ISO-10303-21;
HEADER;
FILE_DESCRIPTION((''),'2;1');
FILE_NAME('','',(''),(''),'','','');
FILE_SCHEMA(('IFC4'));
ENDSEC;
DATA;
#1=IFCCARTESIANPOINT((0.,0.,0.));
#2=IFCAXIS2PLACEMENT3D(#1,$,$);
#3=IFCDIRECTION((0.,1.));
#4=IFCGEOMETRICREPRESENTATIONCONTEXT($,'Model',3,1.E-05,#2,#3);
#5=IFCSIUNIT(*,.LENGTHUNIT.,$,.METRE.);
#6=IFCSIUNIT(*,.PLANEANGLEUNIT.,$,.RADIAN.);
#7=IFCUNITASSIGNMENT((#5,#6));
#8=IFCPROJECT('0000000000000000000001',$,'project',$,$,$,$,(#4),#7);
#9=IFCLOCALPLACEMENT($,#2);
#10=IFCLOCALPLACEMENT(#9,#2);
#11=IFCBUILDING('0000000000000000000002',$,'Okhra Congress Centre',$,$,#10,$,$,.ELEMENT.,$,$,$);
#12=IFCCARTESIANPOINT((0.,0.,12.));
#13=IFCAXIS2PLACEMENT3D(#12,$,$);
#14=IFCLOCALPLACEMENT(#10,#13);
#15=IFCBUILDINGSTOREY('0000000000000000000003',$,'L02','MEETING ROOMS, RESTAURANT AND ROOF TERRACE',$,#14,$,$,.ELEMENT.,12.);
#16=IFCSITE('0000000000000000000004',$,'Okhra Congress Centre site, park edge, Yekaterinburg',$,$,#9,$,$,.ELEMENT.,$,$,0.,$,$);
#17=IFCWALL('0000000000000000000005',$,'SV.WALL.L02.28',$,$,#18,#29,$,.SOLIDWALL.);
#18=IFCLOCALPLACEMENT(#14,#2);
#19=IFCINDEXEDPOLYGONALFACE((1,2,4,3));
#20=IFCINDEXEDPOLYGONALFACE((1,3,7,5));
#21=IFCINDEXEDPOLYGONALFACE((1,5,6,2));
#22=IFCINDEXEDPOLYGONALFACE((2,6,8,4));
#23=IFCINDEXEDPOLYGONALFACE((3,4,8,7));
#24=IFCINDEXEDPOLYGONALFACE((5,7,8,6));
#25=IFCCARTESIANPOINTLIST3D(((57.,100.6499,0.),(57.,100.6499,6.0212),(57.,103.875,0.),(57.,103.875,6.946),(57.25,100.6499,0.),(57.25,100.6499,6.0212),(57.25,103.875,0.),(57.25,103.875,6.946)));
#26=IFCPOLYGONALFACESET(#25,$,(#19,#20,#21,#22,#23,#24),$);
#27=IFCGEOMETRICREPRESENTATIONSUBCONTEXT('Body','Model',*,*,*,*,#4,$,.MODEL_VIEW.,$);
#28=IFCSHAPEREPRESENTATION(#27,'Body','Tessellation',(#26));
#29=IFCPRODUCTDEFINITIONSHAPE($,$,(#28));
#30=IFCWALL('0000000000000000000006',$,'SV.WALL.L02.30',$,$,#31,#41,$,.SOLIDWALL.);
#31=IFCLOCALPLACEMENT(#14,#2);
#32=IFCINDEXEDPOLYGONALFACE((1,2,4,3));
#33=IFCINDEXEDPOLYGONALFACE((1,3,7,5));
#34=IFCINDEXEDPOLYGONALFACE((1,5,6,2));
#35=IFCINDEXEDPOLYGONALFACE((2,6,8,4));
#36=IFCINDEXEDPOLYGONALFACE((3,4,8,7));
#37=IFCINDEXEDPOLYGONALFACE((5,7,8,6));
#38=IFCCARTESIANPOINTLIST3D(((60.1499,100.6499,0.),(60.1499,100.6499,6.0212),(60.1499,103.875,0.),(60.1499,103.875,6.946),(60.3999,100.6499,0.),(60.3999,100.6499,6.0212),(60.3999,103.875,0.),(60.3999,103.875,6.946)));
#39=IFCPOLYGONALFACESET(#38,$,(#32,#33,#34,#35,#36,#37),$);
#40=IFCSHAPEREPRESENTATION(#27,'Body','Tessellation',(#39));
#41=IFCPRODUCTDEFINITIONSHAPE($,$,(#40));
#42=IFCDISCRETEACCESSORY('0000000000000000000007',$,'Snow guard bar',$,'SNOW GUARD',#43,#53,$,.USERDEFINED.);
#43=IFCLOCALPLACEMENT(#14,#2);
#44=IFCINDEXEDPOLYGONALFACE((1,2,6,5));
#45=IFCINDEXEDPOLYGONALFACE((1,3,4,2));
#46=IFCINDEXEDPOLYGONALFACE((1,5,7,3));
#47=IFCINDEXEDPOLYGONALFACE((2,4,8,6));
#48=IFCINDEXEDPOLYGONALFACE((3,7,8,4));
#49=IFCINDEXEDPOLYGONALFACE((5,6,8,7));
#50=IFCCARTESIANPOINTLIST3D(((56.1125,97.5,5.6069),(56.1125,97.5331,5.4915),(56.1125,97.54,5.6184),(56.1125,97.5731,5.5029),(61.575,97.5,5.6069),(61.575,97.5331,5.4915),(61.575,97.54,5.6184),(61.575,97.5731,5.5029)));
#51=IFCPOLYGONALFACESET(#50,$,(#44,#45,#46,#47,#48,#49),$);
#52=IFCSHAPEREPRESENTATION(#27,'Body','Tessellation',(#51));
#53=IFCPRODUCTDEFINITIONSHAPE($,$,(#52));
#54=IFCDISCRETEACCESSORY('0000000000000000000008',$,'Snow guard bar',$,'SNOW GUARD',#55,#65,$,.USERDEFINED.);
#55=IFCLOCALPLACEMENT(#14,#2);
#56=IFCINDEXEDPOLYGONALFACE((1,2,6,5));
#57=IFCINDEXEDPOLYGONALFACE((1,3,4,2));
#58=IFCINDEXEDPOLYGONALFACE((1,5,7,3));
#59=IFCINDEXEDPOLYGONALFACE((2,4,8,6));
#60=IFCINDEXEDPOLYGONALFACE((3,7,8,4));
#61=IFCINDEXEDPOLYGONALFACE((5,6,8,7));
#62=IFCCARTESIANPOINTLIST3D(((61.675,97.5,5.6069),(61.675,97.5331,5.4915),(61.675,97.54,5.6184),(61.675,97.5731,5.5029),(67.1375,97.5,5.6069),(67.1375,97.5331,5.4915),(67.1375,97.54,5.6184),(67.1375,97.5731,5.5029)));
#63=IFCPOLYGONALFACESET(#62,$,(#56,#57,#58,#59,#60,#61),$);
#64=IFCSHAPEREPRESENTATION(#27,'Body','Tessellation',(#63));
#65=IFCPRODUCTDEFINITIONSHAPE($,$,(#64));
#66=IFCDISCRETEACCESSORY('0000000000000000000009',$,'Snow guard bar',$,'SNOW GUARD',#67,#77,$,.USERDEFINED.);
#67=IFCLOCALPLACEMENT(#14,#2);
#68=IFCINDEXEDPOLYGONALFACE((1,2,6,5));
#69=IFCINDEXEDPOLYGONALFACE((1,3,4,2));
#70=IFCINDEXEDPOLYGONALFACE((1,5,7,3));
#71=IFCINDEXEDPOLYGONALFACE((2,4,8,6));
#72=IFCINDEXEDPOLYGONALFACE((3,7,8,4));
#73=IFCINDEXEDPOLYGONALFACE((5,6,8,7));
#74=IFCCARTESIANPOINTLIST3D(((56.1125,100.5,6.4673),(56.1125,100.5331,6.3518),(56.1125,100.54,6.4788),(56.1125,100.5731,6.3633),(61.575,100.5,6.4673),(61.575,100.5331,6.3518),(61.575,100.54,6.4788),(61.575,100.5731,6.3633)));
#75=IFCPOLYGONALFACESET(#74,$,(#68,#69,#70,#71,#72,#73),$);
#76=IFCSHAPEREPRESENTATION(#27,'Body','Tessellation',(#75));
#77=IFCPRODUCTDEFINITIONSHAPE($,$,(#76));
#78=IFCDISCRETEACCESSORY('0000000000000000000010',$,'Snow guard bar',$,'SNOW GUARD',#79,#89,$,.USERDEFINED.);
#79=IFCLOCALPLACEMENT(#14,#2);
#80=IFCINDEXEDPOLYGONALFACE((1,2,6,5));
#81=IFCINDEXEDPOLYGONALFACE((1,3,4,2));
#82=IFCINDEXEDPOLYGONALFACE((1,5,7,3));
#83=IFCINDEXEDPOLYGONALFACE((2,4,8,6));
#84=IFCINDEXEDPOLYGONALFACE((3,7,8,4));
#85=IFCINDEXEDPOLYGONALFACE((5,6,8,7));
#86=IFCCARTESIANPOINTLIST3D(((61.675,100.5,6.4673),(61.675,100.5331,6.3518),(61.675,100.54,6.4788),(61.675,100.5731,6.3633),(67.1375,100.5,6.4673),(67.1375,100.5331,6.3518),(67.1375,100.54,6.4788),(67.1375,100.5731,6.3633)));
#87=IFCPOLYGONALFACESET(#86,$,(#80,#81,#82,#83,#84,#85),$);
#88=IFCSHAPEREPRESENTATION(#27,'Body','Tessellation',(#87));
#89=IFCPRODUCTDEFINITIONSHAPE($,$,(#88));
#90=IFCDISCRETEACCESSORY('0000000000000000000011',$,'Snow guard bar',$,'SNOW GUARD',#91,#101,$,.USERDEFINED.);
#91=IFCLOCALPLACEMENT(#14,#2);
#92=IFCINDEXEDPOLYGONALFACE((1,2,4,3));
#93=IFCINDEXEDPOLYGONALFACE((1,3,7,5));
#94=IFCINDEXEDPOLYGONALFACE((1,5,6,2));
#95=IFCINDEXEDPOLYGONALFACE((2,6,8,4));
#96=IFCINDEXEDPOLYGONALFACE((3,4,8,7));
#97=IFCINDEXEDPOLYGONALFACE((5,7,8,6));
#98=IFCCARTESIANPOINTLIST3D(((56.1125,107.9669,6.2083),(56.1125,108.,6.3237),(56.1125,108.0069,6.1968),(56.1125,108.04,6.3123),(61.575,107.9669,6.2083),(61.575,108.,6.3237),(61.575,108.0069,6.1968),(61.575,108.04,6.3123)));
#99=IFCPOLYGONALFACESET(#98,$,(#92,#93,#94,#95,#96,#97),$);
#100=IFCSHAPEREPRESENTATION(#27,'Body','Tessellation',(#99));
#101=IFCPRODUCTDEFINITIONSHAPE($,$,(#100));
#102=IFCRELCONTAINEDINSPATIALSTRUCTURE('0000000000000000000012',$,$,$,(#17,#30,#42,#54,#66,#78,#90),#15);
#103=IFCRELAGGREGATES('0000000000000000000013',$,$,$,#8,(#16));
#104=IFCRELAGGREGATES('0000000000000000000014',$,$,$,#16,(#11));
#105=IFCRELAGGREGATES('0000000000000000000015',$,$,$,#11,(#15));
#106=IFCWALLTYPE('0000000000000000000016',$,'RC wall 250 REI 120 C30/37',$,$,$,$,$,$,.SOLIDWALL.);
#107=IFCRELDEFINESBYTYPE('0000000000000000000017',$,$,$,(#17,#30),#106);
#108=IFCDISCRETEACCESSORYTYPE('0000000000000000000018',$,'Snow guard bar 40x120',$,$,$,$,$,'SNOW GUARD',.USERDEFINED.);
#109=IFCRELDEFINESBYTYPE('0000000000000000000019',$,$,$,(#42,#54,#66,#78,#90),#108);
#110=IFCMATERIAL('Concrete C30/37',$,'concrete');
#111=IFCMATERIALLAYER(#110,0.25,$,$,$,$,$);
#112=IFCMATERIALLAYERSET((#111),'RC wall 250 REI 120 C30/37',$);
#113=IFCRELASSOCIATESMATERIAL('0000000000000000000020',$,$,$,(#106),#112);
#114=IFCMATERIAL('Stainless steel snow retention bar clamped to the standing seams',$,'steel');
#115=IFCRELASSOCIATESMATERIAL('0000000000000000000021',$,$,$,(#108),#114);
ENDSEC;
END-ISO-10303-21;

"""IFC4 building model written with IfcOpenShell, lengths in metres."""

from ifc_helpers import new_model, si_unit, direction, frame, origin, place, context, subcontext, project, spatial, polyline, outline, extrude, material, layer, layer_set, type_object, element, save


model = new_model("IFC4")

# Units and contexts
model_context = context("Model", 3, precision=1e-05, world=origin(), true_north=direction((0.0, 1.0)))
body_context = subcontext(model_context, "Body", "Model", "MODEL_VIEW")
ifc_project = project(units=[si_unit("LENGTHUNIT", "METRE"), si_unit("PLANEANGLEUNIT", "RADIAN")], contexts=[model_context])

# Site, building, storey
site_placement = place(None, origin())
site = spatial("IfcSite", under=ifc_project, at=site_placement, Name="Okhra Congress Centre site, park edge, Yekaterinburg", CompositionType="ELEMENT", RefElevation=0.0)
building_placement = place(site_placement, origin())
building = spatial("IfcBuilding", under=site, at=building_placement, Name="Okhra Congress Centre", CompositionType="ELEMENT")
storey_placement = place(building_placement, frame((0.0, 0.0, 12.0)))
storey = spatial("IfcBuildingStorey", under=building, at=storey_placement, Name="L02", Description="MEETING ROOMS, RESTAURANT AND ROOF TERRACE", CompositionType="ELEMENT", Elevation=12.0)

# Shared definitions
ifc_material_1 = material(Name="Concrete C30/37", Category="concrete")
ifc_layer_1 = layer(ifc_material_1, 0.25)
ifc_layer_set_1 = layer_set([ifc_layer_1], Name="RC wall 250 REI 120 C30/37")
wall_type_1 = type_object("IfcWallType", Name="RC wall 250 REI 120 C30/37", PredefinedType="SOLIDWALL", material=ifc_layer_set_1)

# Walls
for number, where, z_axis, x_axis, name in (
    (1, (57.125, 100.6499, 0.0), (0.0, 0.0, 1.0), (0.0, 1.0, 0.0), "SV.WALL.L02.28"),
    (2, (60.2749, 100.6499, 0.0), (0.0, 0.0, 1.0), (0.0, 1.0, 0.0), "SV.WALL.L02.30"),
):
    element("IfcWall", number, at=place(storey_placement, frame(where, z_axis=z_axis, x_axis=x_axis)), inside=storey, type_object=wall_type_1, Name=name, PredefinedType="SOLIDWALL", context=body_context, shape_type="SweptSolid", body=[
        extrude(outline(polyline([(0.0, 0.0), (3.2251, 0.0), (3.2251, 6.946), (0.0, 6.0212), (0.0, 0.0)])), frame((0.0, 0.125, 0.0), z_axis=(0.0, -1.0, 0.0), x_axis=(1.0, 0.0, 0.0)), (0.0, 0.0, 1.0), 0.25),
    ])

# Discrete accessories
ifc_material_2 = material(Name="Stainless steel snow retention bar clamped to the standing seams", Category="steel")
discrete_accessory_type = type_object("IfcDiscreteAccessoryType", Name="Snow guard bar 40x120", ElementType="SNOW GUARD", PredefinedType="USERDEFINED", material=ifc_material_2)
for number, where, z_axis, x_axis, name in (
    (3, (56.1125, 97.5, 5.6069), (0.0, -0.275495, 0.961302), (1.0, 0.0, 0.0), "Snow guard bar"),
    (4, (61.675, 97.5, 5.6069), (0.0, -0.275495, 0.961302), (1.0, 0.0, 0.0), "Snow guard bar"),
    (5, (56.1125, 100.5, 6.4673), (0.0, -0.275495, 0.961302), (1.0, 0.0, 0.0), "Snow guard bar"),
    (6, (61.675, 100.5, 6.4673), (0.0, -0.275495, 0.961302), (1.0, 0.0, 0.0), "Snow guard bar"),
    (7, (56.1125, 108.0, 6.3237), (0.0, 0.275495, 0.961302), (1.0, 0.0, 0.0), "Snow guard bar"),
):
    element("IfcDiscreteAccessory", number, at=place(storey_placement, frame(where, z_axis=z_axis, x_axis=x_axis)), inside=storey, type_object=discrete_accessory_type, Name=name, ObjectType="SNOW GUARD", PredefinedType="USERDEFINED", context=body_context, shape_type="SweptSolid", body=[
        extrude(outline(polyline([(0.0, 0.0), (5.4624, 0.0), (5.4624, 0.0417), (0.0, 0.0417), (0.0, 0.0)])), origin(), (0.0, 0.0, -1.0), 0.1201),
    ])

save(model, "model.ifc")
